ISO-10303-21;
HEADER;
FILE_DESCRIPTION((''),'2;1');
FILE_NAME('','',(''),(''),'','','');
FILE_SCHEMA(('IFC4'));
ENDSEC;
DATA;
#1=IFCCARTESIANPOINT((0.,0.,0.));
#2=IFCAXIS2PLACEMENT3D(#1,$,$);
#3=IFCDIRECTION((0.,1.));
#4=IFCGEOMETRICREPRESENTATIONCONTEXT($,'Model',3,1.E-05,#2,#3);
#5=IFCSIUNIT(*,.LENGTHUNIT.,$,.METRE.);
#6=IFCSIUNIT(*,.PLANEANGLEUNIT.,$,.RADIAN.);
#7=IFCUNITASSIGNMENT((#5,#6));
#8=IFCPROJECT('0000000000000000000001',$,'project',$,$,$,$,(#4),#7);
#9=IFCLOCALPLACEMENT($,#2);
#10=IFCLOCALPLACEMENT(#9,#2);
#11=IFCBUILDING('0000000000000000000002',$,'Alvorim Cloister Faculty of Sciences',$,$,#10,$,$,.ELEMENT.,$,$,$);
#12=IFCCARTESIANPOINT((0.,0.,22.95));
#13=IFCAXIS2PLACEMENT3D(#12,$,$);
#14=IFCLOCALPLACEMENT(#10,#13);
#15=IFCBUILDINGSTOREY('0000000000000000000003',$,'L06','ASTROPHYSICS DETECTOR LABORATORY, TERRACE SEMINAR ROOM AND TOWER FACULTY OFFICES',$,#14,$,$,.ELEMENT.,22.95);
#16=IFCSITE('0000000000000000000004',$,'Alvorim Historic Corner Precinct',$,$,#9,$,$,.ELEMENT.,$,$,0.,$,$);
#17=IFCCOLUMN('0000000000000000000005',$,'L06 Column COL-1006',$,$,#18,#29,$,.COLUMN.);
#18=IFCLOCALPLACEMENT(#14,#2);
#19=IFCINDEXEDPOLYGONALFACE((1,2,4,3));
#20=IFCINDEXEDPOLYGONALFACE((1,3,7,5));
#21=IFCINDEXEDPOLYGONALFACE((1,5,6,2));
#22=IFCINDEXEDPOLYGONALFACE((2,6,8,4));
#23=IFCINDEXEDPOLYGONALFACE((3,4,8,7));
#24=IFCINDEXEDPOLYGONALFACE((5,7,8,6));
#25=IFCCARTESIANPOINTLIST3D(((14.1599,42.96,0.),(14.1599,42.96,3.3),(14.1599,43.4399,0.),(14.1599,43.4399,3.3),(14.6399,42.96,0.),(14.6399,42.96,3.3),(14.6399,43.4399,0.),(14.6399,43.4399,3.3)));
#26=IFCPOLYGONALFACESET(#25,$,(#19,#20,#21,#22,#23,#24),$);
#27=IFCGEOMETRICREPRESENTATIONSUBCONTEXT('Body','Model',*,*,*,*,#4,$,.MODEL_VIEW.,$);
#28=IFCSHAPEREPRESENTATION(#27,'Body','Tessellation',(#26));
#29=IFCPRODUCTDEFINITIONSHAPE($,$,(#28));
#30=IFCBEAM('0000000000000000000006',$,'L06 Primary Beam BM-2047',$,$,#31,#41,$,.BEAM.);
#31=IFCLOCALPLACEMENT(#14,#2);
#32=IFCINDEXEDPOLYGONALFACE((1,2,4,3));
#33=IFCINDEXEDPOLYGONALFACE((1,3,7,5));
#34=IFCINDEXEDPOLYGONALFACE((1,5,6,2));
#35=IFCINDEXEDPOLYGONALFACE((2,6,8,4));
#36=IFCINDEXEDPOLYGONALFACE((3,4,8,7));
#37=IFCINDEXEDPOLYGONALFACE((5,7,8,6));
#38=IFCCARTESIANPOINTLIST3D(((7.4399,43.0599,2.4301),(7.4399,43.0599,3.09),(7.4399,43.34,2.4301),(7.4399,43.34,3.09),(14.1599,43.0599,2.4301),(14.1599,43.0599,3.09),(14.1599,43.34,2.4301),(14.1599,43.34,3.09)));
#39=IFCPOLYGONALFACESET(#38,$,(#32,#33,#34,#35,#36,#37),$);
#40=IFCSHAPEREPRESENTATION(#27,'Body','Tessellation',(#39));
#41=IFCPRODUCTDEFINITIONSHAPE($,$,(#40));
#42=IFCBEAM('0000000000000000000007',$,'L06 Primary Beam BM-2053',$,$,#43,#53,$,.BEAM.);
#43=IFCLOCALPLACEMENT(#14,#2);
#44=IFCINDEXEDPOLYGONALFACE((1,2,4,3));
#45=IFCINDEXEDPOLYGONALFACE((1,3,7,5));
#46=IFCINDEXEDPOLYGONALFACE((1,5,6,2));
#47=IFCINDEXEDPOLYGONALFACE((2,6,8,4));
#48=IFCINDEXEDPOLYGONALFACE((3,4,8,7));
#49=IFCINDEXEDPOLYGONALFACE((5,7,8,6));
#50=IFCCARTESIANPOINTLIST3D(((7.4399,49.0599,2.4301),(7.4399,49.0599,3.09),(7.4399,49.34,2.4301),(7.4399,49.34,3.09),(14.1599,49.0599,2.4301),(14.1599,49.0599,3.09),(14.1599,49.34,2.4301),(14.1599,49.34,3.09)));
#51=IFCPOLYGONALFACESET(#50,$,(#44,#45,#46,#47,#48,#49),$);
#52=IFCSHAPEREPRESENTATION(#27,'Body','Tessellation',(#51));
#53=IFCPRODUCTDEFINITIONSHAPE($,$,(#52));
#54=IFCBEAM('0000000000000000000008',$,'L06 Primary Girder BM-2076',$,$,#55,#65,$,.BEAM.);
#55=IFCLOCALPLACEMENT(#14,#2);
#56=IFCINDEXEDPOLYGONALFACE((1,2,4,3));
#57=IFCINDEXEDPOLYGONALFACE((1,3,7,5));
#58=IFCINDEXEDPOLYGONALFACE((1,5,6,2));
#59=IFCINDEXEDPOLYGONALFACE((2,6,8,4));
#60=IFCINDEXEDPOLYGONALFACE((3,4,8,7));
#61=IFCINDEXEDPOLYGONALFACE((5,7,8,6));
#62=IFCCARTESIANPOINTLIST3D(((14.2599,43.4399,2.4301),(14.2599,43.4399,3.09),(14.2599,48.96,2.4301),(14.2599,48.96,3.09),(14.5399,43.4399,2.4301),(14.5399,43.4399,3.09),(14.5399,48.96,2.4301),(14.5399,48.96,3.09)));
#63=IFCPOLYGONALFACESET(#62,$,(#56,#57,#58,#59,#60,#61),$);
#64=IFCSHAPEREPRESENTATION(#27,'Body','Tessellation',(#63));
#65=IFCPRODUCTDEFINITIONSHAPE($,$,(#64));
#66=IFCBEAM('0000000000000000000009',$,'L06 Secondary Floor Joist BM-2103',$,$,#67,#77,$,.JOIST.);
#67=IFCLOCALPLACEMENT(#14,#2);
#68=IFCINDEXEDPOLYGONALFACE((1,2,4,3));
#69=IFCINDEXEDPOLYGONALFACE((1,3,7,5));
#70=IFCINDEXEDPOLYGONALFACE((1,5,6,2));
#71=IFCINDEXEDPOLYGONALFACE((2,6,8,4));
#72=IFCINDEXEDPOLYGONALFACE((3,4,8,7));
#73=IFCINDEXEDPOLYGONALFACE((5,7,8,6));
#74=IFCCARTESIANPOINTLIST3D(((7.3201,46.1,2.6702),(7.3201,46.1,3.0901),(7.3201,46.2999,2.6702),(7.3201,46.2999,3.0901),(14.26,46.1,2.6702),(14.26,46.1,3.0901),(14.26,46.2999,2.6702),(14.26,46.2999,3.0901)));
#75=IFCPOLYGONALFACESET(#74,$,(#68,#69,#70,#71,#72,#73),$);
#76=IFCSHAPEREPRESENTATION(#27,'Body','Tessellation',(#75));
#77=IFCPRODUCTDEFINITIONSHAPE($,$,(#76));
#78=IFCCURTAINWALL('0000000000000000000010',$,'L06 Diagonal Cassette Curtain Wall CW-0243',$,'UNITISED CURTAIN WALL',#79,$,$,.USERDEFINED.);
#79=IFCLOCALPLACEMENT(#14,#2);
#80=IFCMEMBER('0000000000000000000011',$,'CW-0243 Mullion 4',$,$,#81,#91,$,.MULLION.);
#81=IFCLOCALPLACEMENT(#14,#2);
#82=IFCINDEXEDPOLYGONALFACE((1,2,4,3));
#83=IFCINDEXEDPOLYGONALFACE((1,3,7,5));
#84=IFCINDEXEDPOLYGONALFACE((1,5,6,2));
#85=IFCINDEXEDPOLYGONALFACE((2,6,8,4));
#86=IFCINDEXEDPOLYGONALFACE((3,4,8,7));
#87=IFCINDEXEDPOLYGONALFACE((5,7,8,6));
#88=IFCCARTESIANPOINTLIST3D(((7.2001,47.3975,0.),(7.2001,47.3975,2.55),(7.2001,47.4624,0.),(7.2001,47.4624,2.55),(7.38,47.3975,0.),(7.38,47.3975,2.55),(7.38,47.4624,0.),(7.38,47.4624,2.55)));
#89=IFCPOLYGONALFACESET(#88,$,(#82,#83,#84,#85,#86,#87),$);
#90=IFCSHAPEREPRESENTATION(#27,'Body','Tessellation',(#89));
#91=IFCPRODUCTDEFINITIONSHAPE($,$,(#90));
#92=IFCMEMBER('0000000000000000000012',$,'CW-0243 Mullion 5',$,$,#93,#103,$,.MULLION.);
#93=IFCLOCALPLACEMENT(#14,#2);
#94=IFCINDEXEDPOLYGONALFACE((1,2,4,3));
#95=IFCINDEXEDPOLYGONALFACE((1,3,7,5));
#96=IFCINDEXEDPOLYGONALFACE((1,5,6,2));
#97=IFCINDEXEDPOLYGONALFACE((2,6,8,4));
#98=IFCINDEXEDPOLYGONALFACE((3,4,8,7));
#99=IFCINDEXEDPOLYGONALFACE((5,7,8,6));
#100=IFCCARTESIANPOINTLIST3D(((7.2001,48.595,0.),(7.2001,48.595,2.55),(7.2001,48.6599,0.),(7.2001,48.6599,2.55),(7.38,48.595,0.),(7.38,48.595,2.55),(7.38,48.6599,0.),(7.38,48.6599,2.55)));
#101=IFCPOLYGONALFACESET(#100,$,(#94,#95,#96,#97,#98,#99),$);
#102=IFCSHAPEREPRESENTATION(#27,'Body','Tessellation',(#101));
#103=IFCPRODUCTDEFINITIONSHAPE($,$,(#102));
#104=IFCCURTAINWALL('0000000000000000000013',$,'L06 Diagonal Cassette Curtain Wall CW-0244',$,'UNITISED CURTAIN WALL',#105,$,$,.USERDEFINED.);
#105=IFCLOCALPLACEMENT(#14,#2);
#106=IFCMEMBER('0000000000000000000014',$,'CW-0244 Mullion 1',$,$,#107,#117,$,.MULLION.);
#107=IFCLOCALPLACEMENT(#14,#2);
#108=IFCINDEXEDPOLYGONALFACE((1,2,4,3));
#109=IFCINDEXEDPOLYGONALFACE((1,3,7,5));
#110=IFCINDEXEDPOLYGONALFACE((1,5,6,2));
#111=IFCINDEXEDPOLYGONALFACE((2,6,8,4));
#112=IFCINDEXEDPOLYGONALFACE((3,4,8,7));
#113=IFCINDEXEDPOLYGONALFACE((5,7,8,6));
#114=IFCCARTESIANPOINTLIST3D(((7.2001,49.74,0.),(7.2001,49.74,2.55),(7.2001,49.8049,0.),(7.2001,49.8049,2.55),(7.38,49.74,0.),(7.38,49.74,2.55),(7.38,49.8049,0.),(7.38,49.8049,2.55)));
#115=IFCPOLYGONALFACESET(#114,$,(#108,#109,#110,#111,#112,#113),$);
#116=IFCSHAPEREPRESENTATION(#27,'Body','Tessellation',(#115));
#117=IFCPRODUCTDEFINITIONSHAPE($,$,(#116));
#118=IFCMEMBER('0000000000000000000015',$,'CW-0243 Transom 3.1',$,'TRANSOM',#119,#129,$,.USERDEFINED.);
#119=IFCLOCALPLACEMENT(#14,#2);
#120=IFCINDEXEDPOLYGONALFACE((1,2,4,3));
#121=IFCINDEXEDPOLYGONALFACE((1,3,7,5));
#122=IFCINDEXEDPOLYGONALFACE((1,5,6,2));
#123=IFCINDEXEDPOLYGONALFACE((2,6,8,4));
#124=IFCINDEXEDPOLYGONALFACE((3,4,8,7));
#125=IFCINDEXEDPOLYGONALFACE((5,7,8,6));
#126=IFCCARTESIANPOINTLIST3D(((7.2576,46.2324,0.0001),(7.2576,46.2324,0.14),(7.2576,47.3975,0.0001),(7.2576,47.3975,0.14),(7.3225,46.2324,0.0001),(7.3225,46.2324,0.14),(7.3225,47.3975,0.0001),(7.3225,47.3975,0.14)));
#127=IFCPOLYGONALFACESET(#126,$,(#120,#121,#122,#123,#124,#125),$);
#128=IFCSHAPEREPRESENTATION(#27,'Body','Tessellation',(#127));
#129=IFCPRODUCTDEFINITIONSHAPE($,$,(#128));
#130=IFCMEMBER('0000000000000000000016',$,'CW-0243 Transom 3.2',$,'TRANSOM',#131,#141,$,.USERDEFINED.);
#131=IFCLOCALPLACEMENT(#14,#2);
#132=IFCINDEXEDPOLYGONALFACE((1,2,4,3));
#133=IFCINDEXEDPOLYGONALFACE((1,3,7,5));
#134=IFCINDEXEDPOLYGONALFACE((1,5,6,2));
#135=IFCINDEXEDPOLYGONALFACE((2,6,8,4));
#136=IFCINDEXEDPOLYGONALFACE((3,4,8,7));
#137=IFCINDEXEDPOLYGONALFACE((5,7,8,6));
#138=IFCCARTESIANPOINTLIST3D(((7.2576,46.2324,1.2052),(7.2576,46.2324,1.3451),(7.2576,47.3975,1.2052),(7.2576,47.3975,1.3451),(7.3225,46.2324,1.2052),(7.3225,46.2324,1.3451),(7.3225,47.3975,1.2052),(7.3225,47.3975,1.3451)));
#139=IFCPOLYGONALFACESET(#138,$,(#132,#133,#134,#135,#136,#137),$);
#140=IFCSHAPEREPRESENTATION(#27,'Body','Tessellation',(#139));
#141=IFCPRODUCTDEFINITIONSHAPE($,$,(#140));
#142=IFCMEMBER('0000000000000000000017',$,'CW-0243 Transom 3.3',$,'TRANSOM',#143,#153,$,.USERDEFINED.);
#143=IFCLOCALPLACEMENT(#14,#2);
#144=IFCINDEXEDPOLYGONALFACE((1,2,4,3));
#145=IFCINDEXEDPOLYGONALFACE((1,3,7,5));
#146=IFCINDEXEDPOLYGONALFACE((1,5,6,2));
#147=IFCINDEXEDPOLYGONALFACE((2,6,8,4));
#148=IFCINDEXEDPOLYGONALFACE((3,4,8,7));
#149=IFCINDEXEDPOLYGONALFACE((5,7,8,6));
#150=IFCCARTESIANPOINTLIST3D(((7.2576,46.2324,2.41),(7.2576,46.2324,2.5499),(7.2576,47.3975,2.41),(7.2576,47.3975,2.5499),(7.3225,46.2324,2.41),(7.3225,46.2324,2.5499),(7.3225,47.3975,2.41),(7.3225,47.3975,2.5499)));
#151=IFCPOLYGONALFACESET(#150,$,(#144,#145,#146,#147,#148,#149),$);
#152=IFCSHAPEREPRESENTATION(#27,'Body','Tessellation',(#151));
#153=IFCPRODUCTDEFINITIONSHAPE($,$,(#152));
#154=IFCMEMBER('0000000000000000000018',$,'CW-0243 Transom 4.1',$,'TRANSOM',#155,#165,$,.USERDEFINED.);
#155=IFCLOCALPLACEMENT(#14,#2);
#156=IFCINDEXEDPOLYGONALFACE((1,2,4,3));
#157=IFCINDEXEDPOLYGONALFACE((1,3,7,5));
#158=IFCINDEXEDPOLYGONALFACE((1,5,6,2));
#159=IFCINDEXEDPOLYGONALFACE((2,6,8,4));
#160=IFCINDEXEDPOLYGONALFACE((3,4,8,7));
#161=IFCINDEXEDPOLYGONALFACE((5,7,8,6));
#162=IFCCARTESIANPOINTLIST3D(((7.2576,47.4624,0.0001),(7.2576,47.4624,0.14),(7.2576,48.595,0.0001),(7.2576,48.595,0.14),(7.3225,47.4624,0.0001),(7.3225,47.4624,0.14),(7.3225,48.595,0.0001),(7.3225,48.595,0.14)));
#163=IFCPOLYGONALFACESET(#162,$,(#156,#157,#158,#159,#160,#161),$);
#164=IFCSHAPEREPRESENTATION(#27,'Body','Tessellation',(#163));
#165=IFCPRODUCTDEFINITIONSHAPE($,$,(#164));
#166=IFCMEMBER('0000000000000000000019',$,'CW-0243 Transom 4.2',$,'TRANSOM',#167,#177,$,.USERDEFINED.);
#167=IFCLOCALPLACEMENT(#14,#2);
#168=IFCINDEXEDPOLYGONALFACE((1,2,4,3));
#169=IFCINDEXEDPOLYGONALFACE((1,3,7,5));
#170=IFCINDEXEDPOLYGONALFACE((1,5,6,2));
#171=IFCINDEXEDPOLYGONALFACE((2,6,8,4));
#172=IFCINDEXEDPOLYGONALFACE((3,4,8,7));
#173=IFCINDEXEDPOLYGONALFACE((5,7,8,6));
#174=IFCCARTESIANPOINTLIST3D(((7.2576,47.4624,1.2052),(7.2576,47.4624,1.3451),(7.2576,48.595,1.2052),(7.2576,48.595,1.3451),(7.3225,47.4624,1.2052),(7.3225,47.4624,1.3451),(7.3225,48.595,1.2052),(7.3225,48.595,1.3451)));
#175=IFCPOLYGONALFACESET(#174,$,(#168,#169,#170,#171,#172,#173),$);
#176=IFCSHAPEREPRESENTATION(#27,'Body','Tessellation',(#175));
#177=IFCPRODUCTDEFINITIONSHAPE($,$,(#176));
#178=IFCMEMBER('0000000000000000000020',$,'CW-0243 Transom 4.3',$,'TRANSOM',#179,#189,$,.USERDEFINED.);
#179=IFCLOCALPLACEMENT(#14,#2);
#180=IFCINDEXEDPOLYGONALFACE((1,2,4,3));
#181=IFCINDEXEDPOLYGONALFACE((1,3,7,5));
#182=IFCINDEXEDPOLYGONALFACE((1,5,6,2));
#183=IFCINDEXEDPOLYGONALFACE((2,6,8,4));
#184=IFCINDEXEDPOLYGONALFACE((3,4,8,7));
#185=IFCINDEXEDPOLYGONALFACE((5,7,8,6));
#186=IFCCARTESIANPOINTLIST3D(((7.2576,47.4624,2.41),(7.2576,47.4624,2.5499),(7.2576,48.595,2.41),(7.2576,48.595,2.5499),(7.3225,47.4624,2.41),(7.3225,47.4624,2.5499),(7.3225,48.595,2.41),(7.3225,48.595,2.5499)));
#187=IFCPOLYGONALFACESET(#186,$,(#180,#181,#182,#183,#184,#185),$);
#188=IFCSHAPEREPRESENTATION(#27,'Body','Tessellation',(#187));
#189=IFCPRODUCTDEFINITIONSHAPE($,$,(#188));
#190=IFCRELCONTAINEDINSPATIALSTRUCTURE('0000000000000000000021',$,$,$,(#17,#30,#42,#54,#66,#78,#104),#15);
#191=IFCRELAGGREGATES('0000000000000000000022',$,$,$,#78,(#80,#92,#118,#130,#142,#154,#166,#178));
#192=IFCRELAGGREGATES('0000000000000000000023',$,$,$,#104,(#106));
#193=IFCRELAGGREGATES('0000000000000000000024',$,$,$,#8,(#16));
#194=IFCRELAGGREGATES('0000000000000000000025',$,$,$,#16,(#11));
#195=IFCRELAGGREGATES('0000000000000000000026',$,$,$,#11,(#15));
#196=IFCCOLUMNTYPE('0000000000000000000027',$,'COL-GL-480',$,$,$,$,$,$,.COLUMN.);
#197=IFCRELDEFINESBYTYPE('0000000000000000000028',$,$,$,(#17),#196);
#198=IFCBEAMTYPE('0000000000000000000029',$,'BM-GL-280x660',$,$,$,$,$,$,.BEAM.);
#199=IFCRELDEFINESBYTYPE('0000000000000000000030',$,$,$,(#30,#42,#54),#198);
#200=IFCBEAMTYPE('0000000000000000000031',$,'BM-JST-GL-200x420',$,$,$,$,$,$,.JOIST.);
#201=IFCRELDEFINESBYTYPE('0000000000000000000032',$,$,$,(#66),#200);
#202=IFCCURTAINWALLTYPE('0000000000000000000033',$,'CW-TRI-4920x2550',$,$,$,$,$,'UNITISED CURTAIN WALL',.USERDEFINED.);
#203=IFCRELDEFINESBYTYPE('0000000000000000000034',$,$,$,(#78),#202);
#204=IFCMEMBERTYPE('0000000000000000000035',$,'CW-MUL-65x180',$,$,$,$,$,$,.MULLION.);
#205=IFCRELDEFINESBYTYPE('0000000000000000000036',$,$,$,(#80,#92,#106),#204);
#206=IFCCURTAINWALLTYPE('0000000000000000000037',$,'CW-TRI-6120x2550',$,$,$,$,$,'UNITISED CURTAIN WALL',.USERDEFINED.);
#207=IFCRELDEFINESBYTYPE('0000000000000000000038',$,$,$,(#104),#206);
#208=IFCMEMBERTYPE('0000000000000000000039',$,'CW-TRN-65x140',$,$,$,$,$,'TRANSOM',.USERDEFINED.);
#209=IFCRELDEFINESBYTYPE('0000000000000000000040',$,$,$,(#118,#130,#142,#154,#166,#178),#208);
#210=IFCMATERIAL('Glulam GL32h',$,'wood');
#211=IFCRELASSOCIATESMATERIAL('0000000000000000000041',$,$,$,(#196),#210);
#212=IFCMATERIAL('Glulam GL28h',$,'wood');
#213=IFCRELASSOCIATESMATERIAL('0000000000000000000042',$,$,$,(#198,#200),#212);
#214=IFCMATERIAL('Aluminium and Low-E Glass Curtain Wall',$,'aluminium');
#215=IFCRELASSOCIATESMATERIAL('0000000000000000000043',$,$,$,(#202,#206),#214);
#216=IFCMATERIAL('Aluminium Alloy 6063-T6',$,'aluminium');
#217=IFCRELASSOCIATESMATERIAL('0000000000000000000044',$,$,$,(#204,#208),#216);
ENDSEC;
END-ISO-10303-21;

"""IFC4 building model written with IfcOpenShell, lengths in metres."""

from ifc_helpers import new_model, si_unit, direction, frame, origin, origin_2d, place, context, subcontext, project, spatial, rectangle, extrude, material, material_profile, profile_set, type_object, element, aggregate, save


model = new_model("IFC4")

# Units and contexts
model_context = context("Model", 3, precision=1e-05, world=origin(), true_north=direction((0.0, 1.0)))
body_context = subcontext(model_context, "Body", "Model", "MODEL_VIEW")
ifc_project = project(units=[si_unit("LENGTHUNIT", "METRE"), si_unit("PLANEANGLEUNIT", "RADIAN")], contexts=[model_context])

# Site, building, storey
site_placement = place(None, origin())
site = spatial("IfcSite", under=ifc_project, at=site_placement, Name="Alvorim Historic Corner Precinct", CompositionType="ELEMENT", RefElevation=0.0)
building_placement = place(site_placement, origin())
building = spatial("IfcBuilding", under=site, at=building_placement, Name="Alvorim Cloister Faculty of Sciences", CompositionType="ELEMENT")
storey_placement = place(building_placement, frame((0.0, 0.0, 22.95)))
storey = spatial("IfcBuildingStorey", under=building, at=storey_placement, Name="L06", Description="ASTROPHYSICS DETECTOR LABORATORY, TERRACE SEMINAR ROOM AND TOWER FACULTY OFFICES", CompositionType="ELEMENT", Elevation=22.95)

# Column
ifc_material_1 = material(Name="Glulam GL32h", Category="wood")
ifc_material_profile_1 = material_profile(ifc_material_1, rectangle(XDim=0.48, YDim=0.48, at=origin_2d()), Name="GL32-COL-480x480")
ifc_profile_set_1 = profile_set([ifc_material_profile_1], Name="Glulam GL32h")
column_type = type_object("IfcColumnType", Name="COL-GL-480", PredefinedType="COLUMN", material=ifc_profile_set_1)
column_placement = place(storey_placement, frame((14.3999, 43.2, 0.0), z_axis=(0.0, 0.0, 1.0), x_axis=(1.0, 0.0, 0.0)))
element("IfcColumn", 1, at=column_placement, inside=storey, type_object=column_type, Name="L06 Column COL-1006", PredefinedType="COLUMN", context=body_context, shape_type="SweptSolid", body=[
    extrude(rectangle(XDim=0.48, YDim=0.48, at=origin_2d()), origin(), (0.0, 0.0, 1.0), 3.3),
])

# Beams
ifc_material_2 = material(Name="Glulam GL28h", Category="wood")
ifc_material_profile_2 = material_profile(ifc_material_2, rectangle(XDim=0.28, YDim=0.6599, at=origin_2d()), Name="GL28-BM-280x660")
ifc_profile_set_2 = profile_set([ifc_material_profile_2], Name="Glulam GL28h")
beam_type_1 = type_object("IfcBeamType", Name="BM-GL-280x660", PredefinedType="BEAM", material=ifc_profile_set_2)
for number, where, z_axis, x_axis, name in (
    (2, (7.4399, 43.2, 2.76), (1.0, 0.0, 0.0), (0.0, 1.0, 0.0), "L06 Primary Beam BM-2047"),
    (3, (7.4399, 49.2, 2.76), (1.0, 0.0, 0.0), (0.0, 1.0, 0.0), "L06 Primary Beam BM-2053"),
):
    element("IfcBeam", number, at=place(storey_placement, frame(where, z_axis=z_axis, x_axis=x_axis)), inside=storey, type_object=beam_type_1, Name=name, PredefinedType="BEAM", context=body_context, shape_type="SweptSolid", body=[
        extrude(rectangle(XDim=0.28, YDim=0.6599, at=origin_2d()), origin(), (0.0, 0.0, 1.0), 6.72),
    ])
beam_1_placement = place(storey_placement, frame((14.3999, 43.4399, 2.76), z_axis=(0.0, 1.0, 0.0), x_axis=(-1.0, 0.0, 0.0)))
element("IfcBeam", 4, at=beam_1_placement, inside=storey, type_object=beam_type_1, Name="L06 Primary Girder BM-2076", PredefinedType="BEAM", context=body_context, shape_type="SweptSolid", body=[
    extrude(rectangle(XDim=0.28, YDim=0.6599, at=origin_2d()), origin(), (0.0, 0.0, 1.0), 5.52),
])
ifc_material_profile_3 = material_profile(ifc_material_2, rectangle(XDim=0.2, YDim=0.4199, at=origin_2d()), Name="GL28-JST-200x420")
ifc_profile_set_3 = profile_set([ifc_material_profile_3], Name="Glulam GL28h")
beam_type_2 = type_object("IfcBeamType", Name="BM-JST-GL-200x420", PredefinedType="JOIST", material=ifc_profile_set_3)
beam_2_placement = place(storey_placement, frame((7.3201, 46.2, 2.8801), z_axis=(1.0, 0.0, 0.0), x_axis=(0.0, 1.0, 0.0)))
element("IfcBeam", 5, at=beam_2_placement, inside=storey, type_object=beam_type_2, Name="L06 Secondary Floor Joist BM-2103", PredefinedType="JOIST", context=body_context, shape_type="SweptSolid", body=[
    extrude(rectangle(XDim=0.2, YDim=0.4199, at=origin_2d()), origin(), (0.0, 0.0, 1.0), 6.9399),
])

# Curtain wall, members
ifc_material_3 = material(Name="Aluminium and Low-E Glass Curtain Wall", Category="aluminium")
curtain_wall_type_1 = type_object("IfcCurtainWallType", Name="CW-TRI-4920x2550", ElementType="UNITISED CURTAIN WALL", PredefinedType="USERDEFINED", material=ifc_material_3)
curtain_wall_1_placement = place(storey_placement, origin())
curtain_wall_1 = element("IfcCurtainWall", 6, at=curtain_wall_1_placement, inside=storey, type_object=curtain_wall_type_1, Name="L06 Diagonal Cassette Curtain Wall CW-0243", ObjectType="UNITISED CURTAIN WALL", PredefinedType="USERDEFINED")
ifc_material_4 = material(Name="Aluminium Alloy 6063-T6", Category="aluminium")
ifc_material_profile_4 = material_profile(ifc_material_4, rectangle(XDim=0.0649, YDim=0.1799, at=origin_2d()), Name="ALU-MUL-65x180")
ifc_profile_set_4 = profile_set([ifc_material_profile_4], Name="Aluminium Alloy 6063-T6")
member_type_1 = type_object("IfcMemberType", Name="CW-MUL-65x180", PredefinedType="MULLION", material=ifc_profile_set_4)
member_1_placement = place(storey_placement, frame((7.29, 47.4299, 0.0), z_axis=(0.0, 0.0, 1.0), x_axis=(0.0, 1.0, 0.0)))
member_1 = element("IfcMember", 7, at=member_1_placement, type_object=member_type_1, Name="CW-0243 Mullion 4", PredefinedType="MULLION", context=body_context, shape_type="SweptSolid", body=[
    extrude(rectangle(XDim=0.0649, YDim=0.1799, at=origin_2d()), origin(), (0.0, 0.0, 1.0), 2.55),
])
member_2_placement = place(storey_placement, frame((7.29, 48.6274, 0.0), z_axis=(0.0, 0.0, 1.0), x_axis=(0.0, 1.0, 0.0)))
member_2 = element("IfcMember", 8, at=member_2_placement, type_object=member_type_1, Name="CW-0243 Mullion 5", PredefinedType="MULLION", context=body_context, shape_type="SweptSolid", body=[
    extrude(rectangle(XDim=0.0649, YDim=0.1799, at=origin_2d()), origin(), (0.0, 0.0, 1.0), 2.55),
])

# Curtain wall, member
curtain_wall_type_2 = type_object("IfcCurtainWallType", Name="CW-TRI-6120x2550", ElementType="UNITISED CURTAIN WALL", PredefinedType="USERDEFINED", material=ifc_material_3)
curtain_wall_2_placement = place(storey_placement, origin())
curtain_wall_2 = element("IfcCurtainWall", 9, at=curtain_wall_2_placement, inside=storey, type_object=curtain_wall_type_2, Name="L06 Diagonal Cassette Curtain Wall CW-0244", ObjectType="UNITISED CURTAIN WALL", PredefinedType="USERDEFINED")
member_3_placement = place(storey_placement, frame((7.29, 49.7725, 0.0), z_axis=(0.0, 0.0, 1.0), x_axis=(0.0, 1.0, 0.0)))
member_3 = element("IfcMember", 10, at=member_3_placement, type_object=member_type_1, Name="CW-0244 Mullion 1", PredefinedType="MULLION", context=body_context, shape_type="SweptSolid", body=[
    extrude(rectangle(XDim=0.0649, YDim=0.1799, at=origin_2d()), origin(), (0.0, 0.0, 1.0), 2.55),
])

# Members
ifc_material_profile_5 = material_profile(ifc_material_4, rectangle(XDim=0.0649, YDim=0.1399, at=origin_2d()), Name="ALU-TRN-65x140")
ifc_profile_set_5 = profile_set([ifc_material_profile_5], Name="Aluminium Alloy 6063-T6")
member_type_2 = type_object("IfcMemberType", Name="CW-TRN-65x140", ElementType="TRANSOM", PredefinedType="USERDEFINED", material=ifc_profile_set_5)
member_4_placement = place(storey_placement, frame((7.29, 46.2324, 0.0701), z_axis=(0.0, 1.0, 0.0), x_axis=(-1.0, 0.0, 0.0)))
member_4 = element("IfcMember", 11, at=member_4_placement, type_object=member_type_2, Name="CW-0243 Transom 3.1", ObjectType="TRANSOM", PredefinedType="USERDEFINED", context=body_context, shape_type="SweptSolid", body=[
    extrude(rectangle(XDim=0.0649, YDim=0.1399, at=origin_2d()), origin(), (0.0, 0.0, 1.0), 1.165),
])
member_5_placement = place(storey_placement, frame((7.29, 46.2324, 1.2751), z_axis=(0.0, 1.0, 0.0), x_axis=(-1.0, 0.0, 0.0)))
member_5 = element("IfcMember", 12, at=member_5_placement, type_object=member_type_2, Name="CW-0243 Transom 3.2", ObjectType="TRANSOM", PredefinedType="USERDEFINED", context=body_context, shape_type="SweptSolid", body=[
    extrude(rectangle(XDim=0.0649, YDim=0.1399, at=origin_2d()), origin(), (0.0, 0.0, 1.0), 1.165),
])
member_6_placement = place(storey_placement, frame((7.29, 46.2324, 2.48), z_axis=(0.0, 1.0, 0.0), x_axis=(-1.0, 0.0, 0.0)))
member_6 = element("IfcMember", 13, at=member_6_placement, type_object=member_type_2, Name="CW-0243 Transom 3.3", ObjectType="TRANSOM", PredefinedType="USERDEFINED", context=body_context, shape_type="SweptSolid", body=[
    extrude(rectangle(XDim=0.0649, YDim=0.1399, at=origin_2d()), origin(), (0.0, 0.0, 1.0), 1.165),
])
member_7_placement = place(storey_placement, frame((7.29, 47.4624, 0.0701), z_axis=(0.0, 1.0, 0.0), x_axis=(-1.0, 0.0, 0.0)))
member_7 = element("IfcMember", 14, at=member_7_placement, type_object=member_type_2, Name="CW-0243 Transom 4.1", ObjectType="TRANSOM", PredefinedType="USERDEFINED", context=body_context, shape_type="SweptSolid", body=[
    extrude(rectangle(XDim=0.0649, YDim=0.1399, at=origin_2d()), origin(), (0.0, 0.0, 1.0), 1.1326),
])
member_8_placement = place(storey_placement, frame((7.29, 47.4624, 1.2751), z_axis=(0.0, 1.0, 0.0), x_axis=(-1.0, 0.0, 0.0)))
member_8 = element("IfcMember", 15, at=member_8_placement, type_object=member_type_2, Name="CW-0243 Transom 4.2", ObjectType="TRANSOM", PredefinedType="USERDEFINED", context=body_context, shape_type="SweptSolid", body=[
    extrude(rectangle(XDim=0.0649, YDim=0.1399, at=origin_2d()), origin(), (0.0, 0.0, 1.0), 1.1326),
])
member_9_placement = place(storey_placement, frame((7.29, 47.4624, 2.48), z_axis=(0.0, 1.0, 0.0), x_axis=(-1.0, 0.0, 0.0)))
member_9 = element("IfcMember", 16, at=member_9_placement, type_object=member_type_2, Name="CW-0243 Transom 4.3", ObjectType="TRANSOM", PredefinedType="USERDEFINED", context=body_context, shape_type="SweptSolid", body=[
    extrude(rectangle(XDim=0.0649, YDim=0.1399, at=origin_2d()), origin(), (0.0, 0.0, 1.0), 1.1326),
])
aggregate(curtain_wall_1, [member_1, member_2, member_4, member_5, member_6, member_7, member_8, member_9])
aggregate(curtain_wall_2, [member_3])

save(model, "model.ifc")
